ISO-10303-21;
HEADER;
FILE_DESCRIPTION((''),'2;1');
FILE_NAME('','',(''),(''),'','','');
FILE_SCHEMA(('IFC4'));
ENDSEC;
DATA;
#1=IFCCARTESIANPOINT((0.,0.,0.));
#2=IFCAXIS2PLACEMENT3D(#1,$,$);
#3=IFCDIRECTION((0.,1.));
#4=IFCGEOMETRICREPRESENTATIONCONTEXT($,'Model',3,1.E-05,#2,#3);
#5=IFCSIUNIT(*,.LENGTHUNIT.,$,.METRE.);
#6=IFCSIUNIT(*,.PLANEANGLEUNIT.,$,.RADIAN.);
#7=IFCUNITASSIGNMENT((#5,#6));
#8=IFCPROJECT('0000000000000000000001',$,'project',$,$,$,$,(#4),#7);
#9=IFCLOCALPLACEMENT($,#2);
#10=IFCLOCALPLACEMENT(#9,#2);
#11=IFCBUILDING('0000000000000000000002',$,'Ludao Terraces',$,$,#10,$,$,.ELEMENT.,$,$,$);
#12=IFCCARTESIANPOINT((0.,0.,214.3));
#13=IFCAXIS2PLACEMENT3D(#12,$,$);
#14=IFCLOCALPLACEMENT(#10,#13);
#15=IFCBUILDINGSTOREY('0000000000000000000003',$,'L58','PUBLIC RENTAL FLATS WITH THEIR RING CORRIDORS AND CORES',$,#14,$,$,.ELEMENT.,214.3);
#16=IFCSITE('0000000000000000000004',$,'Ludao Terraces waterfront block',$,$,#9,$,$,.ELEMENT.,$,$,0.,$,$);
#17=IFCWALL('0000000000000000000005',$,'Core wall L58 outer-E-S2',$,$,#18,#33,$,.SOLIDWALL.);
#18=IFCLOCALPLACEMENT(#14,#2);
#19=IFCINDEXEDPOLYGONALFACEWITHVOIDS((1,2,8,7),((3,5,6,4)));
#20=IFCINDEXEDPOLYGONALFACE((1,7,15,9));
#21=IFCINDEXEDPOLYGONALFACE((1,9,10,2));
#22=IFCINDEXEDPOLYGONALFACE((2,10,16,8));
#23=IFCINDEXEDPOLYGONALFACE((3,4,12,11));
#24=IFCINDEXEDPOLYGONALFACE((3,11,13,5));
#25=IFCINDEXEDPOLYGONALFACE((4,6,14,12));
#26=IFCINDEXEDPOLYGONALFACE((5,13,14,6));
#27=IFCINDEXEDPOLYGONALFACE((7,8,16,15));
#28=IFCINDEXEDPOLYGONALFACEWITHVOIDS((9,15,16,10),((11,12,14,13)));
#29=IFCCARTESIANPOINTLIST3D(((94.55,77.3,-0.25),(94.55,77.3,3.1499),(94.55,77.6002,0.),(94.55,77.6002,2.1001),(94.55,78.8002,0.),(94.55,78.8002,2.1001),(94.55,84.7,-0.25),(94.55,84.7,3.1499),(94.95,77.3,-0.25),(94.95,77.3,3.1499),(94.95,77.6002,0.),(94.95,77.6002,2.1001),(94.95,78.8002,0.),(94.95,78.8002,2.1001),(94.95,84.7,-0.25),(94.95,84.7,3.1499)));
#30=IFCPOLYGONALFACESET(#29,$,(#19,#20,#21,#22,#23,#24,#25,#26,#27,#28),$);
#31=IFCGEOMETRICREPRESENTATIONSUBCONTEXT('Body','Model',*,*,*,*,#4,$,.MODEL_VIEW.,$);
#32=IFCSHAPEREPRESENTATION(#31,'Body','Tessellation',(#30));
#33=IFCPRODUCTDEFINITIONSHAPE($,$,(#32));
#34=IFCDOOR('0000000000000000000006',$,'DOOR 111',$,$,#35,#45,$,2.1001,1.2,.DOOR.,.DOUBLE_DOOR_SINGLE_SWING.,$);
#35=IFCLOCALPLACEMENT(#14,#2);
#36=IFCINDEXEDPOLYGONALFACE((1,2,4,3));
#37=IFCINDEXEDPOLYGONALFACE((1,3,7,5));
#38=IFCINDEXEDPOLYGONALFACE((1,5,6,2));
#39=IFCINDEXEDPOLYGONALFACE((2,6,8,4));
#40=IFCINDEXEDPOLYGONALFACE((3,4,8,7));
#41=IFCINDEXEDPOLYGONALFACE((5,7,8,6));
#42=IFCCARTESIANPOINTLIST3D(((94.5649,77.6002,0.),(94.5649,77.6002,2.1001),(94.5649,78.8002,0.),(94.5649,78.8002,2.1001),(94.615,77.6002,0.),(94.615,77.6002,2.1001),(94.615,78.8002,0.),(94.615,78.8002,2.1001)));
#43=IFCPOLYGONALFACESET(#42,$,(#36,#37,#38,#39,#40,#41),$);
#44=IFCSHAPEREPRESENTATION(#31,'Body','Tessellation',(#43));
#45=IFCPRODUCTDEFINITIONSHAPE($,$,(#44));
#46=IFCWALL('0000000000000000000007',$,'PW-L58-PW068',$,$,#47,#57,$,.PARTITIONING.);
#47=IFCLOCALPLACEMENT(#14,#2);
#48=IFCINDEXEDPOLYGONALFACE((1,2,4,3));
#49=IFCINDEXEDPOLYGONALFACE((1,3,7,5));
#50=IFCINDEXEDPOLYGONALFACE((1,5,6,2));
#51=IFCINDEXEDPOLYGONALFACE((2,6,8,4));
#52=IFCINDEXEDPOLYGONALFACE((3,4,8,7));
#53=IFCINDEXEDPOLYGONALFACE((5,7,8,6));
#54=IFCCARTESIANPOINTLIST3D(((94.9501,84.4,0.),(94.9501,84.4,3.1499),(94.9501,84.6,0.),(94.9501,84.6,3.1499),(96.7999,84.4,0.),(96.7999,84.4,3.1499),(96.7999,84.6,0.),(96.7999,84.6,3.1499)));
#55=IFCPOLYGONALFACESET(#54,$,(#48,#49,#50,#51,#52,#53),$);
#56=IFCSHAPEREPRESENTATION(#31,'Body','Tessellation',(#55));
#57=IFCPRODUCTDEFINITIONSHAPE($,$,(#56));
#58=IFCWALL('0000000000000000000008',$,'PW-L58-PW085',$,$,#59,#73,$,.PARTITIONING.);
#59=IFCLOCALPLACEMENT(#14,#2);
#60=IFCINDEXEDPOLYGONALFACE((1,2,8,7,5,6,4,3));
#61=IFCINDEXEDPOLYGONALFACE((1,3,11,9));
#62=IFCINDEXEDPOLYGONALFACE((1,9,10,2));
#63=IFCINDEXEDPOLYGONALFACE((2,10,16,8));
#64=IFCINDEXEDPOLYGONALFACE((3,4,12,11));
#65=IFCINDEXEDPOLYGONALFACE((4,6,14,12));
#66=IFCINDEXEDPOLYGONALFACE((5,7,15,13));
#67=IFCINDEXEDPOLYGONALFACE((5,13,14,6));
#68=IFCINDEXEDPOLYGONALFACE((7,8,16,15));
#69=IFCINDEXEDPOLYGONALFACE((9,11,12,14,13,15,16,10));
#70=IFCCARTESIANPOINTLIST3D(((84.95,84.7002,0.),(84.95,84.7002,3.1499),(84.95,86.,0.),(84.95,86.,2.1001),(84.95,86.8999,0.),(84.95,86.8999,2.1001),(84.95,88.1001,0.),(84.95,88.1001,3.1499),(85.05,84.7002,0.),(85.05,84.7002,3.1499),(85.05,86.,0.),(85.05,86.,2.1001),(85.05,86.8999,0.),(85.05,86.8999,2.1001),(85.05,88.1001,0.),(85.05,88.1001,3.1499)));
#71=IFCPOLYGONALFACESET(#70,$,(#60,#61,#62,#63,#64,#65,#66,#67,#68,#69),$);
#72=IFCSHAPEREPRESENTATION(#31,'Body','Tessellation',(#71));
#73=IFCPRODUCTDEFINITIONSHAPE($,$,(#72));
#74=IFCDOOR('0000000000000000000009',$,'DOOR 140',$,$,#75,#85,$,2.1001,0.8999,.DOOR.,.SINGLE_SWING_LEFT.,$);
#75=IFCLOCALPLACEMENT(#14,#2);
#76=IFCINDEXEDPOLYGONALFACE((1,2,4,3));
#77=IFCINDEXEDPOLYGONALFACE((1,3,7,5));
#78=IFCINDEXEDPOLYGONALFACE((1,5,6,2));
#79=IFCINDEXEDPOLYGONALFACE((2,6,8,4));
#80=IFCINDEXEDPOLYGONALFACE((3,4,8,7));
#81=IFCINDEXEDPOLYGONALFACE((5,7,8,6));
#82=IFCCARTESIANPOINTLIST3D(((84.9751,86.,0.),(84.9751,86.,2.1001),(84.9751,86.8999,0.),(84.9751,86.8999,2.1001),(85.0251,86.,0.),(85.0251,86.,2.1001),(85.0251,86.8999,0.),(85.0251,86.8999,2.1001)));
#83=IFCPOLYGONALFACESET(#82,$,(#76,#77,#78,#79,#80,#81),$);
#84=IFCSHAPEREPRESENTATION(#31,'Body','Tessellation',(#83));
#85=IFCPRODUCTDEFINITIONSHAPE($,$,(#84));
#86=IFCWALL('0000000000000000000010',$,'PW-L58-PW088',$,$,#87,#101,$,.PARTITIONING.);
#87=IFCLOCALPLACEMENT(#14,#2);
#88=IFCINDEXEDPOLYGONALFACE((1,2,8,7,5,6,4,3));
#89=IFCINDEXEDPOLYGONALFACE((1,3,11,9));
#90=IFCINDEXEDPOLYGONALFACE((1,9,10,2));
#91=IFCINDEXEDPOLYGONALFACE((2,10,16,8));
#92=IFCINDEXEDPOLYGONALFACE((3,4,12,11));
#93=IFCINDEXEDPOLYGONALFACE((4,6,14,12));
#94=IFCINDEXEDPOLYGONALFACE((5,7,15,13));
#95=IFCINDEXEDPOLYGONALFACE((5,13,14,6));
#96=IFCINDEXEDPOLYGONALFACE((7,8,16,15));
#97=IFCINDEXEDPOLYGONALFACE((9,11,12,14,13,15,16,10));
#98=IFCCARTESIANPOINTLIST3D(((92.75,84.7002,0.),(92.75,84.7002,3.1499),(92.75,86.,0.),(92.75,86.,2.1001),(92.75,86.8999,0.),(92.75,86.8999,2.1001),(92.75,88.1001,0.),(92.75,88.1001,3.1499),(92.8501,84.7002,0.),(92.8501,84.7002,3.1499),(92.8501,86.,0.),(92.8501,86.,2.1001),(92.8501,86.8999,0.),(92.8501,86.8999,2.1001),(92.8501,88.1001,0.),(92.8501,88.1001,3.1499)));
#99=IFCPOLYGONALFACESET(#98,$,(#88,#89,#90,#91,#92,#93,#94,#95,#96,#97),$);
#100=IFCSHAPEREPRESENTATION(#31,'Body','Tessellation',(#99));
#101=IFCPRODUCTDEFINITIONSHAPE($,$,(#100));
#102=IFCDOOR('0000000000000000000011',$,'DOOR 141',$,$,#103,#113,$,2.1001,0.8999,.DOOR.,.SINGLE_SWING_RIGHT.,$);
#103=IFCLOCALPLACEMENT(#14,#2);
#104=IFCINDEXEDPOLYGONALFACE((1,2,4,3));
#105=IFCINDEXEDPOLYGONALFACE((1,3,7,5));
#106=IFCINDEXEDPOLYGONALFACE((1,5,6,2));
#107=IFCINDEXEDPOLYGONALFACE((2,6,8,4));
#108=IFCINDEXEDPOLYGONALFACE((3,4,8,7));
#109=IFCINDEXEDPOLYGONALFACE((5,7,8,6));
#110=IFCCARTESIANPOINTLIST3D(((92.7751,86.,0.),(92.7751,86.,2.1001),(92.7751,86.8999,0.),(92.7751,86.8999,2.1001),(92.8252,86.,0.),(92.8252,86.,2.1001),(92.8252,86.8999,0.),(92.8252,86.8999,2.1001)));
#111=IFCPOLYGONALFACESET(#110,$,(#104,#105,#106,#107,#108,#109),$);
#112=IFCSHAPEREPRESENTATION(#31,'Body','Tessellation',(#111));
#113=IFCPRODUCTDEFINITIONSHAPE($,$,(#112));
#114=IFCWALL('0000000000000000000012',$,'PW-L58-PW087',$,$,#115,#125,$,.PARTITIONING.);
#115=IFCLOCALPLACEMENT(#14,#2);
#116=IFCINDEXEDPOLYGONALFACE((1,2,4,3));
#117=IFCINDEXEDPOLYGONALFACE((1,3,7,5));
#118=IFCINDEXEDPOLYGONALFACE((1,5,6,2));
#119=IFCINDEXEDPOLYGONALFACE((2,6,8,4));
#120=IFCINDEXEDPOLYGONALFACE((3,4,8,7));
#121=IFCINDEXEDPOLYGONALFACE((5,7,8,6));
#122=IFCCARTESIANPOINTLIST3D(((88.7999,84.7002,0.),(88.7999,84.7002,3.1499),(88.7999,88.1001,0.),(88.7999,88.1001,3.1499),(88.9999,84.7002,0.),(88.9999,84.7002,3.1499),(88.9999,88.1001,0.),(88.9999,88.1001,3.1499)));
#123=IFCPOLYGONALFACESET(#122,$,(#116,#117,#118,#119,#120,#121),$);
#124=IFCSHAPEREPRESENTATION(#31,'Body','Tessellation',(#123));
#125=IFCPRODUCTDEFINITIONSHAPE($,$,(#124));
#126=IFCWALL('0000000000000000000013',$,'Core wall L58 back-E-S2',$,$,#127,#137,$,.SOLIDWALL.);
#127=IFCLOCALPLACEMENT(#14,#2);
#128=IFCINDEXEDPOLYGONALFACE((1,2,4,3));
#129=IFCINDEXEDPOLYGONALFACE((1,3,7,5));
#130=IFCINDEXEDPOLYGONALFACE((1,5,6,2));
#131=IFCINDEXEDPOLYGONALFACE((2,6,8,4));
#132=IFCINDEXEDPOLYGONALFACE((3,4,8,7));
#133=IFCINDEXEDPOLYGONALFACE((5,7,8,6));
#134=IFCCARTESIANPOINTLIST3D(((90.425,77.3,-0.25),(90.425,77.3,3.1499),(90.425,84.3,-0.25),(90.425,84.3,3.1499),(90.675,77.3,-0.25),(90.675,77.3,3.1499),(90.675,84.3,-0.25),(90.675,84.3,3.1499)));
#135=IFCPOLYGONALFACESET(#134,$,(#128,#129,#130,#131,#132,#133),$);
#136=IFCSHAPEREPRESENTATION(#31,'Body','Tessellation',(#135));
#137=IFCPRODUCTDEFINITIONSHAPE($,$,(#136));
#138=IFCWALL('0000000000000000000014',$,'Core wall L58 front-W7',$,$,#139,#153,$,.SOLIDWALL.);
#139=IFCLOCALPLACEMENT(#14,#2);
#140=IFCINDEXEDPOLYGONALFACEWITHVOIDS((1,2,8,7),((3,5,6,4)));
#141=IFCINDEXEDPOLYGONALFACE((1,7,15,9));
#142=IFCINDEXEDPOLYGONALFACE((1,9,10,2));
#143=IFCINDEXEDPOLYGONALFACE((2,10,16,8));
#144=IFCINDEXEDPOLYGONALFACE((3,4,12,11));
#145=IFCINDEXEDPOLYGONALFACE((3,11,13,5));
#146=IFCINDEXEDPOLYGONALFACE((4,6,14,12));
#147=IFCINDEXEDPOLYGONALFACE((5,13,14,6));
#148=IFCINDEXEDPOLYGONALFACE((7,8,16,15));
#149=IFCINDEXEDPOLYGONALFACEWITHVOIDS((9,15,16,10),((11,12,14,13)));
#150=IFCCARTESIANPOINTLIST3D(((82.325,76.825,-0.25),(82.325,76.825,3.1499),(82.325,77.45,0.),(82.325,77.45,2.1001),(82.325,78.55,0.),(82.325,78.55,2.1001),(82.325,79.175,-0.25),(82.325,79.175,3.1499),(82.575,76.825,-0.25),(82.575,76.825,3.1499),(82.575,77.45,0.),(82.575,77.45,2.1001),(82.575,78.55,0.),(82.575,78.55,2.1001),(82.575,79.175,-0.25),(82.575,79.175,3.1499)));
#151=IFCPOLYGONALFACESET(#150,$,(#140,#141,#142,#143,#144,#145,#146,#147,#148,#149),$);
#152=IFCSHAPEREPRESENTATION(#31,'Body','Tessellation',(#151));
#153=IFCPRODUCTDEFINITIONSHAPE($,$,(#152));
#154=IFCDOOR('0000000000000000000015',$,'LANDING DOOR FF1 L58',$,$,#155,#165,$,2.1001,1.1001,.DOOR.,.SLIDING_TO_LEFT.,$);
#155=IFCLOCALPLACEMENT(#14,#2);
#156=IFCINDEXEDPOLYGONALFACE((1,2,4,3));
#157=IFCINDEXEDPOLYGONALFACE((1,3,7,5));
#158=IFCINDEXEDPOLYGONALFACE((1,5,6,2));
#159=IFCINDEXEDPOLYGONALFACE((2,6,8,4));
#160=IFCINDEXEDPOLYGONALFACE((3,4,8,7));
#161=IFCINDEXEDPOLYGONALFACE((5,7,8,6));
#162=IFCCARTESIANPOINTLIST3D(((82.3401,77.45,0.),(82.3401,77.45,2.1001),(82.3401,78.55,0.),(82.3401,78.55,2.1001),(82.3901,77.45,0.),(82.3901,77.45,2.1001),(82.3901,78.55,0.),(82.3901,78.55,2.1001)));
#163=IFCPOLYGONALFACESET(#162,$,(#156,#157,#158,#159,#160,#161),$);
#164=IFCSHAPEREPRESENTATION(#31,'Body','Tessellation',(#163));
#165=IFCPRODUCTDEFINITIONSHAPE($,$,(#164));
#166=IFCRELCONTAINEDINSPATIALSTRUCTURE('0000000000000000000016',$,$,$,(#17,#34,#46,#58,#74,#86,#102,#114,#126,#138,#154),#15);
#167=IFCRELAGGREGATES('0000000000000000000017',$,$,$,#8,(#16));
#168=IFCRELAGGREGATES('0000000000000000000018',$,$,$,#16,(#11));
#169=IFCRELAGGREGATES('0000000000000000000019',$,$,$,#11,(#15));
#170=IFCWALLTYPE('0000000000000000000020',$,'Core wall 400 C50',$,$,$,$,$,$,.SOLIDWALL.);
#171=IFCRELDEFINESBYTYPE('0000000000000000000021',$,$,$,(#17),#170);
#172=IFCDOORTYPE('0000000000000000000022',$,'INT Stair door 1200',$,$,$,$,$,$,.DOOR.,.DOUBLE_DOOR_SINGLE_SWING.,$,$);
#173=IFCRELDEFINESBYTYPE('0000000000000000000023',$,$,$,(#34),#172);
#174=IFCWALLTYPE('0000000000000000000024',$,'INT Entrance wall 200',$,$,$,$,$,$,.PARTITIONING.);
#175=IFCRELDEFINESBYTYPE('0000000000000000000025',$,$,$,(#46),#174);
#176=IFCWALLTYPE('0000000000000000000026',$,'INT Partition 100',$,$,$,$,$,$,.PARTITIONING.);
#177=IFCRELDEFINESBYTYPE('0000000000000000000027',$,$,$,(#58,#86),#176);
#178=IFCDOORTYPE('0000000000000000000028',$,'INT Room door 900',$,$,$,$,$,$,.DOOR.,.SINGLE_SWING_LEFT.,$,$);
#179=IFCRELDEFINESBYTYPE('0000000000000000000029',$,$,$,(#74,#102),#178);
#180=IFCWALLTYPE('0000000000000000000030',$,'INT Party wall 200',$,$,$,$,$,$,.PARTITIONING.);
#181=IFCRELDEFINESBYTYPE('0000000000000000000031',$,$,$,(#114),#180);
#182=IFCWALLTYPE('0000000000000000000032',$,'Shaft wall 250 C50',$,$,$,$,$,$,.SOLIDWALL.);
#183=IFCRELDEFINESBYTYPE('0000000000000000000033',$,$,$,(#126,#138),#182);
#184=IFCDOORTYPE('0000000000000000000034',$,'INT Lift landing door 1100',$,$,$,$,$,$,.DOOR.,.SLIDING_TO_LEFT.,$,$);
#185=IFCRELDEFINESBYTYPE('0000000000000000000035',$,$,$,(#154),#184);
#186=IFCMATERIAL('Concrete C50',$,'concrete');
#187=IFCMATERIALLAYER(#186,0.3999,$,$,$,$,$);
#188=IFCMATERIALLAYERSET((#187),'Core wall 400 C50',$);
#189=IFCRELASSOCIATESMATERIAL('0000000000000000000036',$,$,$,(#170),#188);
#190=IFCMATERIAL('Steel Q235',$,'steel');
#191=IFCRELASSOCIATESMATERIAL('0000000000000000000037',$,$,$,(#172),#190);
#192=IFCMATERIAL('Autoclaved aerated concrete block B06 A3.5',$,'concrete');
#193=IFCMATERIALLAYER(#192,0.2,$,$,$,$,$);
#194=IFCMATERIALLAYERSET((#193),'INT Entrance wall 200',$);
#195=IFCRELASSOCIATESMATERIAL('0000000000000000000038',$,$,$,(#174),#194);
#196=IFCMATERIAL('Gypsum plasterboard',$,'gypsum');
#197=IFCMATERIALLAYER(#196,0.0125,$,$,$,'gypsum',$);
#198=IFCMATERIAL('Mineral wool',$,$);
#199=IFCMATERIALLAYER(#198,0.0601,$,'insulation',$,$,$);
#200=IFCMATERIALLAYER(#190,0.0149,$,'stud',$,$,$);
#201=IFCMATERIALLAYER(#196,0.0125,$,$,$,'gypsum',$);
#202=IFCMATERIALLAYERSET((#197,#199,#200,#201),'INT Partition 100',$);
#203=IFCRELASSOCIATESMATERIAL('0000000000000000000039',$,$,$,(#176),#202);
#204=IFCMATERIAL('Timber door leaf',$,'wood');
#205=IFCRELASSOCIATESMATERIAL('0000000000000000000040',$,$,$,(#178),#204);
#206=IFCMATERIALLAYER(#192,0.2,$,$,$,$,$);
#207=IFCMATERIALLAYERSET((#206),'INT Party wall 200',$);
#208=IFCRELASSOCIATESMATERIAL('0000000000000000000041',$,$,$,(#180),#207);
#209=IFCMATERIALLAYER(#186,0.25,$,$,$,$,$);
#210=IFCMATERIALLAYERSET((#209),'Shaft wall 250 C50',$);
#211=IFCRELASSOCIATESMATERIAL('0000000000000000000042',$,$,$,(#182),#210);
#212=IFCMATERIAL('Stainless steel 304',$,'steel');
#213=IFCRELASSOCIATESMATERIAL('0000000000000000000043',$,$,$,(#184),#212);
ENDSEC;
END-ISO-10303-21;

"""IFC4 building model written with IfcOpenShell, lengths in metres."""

from ifc_helpers import new_model, si_unit, direction, frame, frame_2d, origin, place, context, subcontext, project, spatial, rectangle, extrude, material, layer, layer_set, type_object, element, fill, save


model = new_model("IFC4")

# Units and contexts
model_context = context("Model", 3, precision=1e-05, world=origin(), true_north=direction((0.0, 1.0)))
body_context = subcontext(model_context, "Body", "Model", "MODEL_VIEW")
ifc_project = project(units=[si_unit("LENGTHUNIT", "METRE"), si_unit("PLANEANGLEUNIT", "RADIAN")], contexts=[model_context])

# Site, building, storey
site_placement = place(None, origin())
site = spatial("IfcSite", under=ifc_project, at=site_placement, Name="Ludao Terraces waterfront block", CompositionType="ELEMENT", RefElevation=0.0)
building_placement = place(site_placement, origin())
building = spatial("IfcBuilding", under=site, at=building_placement, Name="Ludao Terraces", CompositionType="ELEMENT")
storey_placement = place(building_placement, frame((0.0, 0.0, 214.3)))
storey = spatial("IfcBuildingStorey", under=building, at=storey_placement, Name="L58", Description="PUBLIC RENTAL FLATS WITH THEIR RING CORRIDORS AND CORES", CompositionType="ELEMENT", Elevation=214.3)

# Wall, opening, door
ifc_material_1 = material(Name="Concrete C50", Category="concrete")
ifc_layer_1 = layer(ifc_material_1, 0.3999)
ifc_layer_set_1 = layer_set([ifc_layer_1], Name="Core wall 400 C50")
wall_type_1 = type_object("IfcWallType", Name="Core wall 400 C50", PredefinedType="SOLIDWALL", material=ifc_layer_set_1)
wall_1_placement = place(storey_placement, frame((94.75, 77.3, -0.25), z_axis=(0.0, 0.0, 1.0), x_axis=(0.0, 1.0, 0.0)))
wall_1 = element("IfcWall", 1, at=wall_1_placement, inside=storey, type_object=wall_type_1, Name="Core wall L58 outer-E-S2", PredefinedType="SOLIDWALL", context=body_context, shape_type="SweptSolid", body=[
    extrude(rectangle(XDim=7.3999, YDim=0.3999, at=frame_2d((3.7, 0.0))), origin(), (0.0, 0.0, 1.0), 3.3999),
])
opening_1_placement = place(wall_1_placement, frame((0.3, 0.0, 0.25)))
opening_1 = element("IfcOpeningElement", 2, at=opening_1_placement, cuts=wall_1, PredefinedType="OPENING", context=body_context, shape_type="SweptSolid", body=[
    extrude(rectangle(XDim=1.2, YDim=2.1001, at=frame_2d((0.6001, 1.05))), frame((0.0, 0.21, 0.0), z_axis=(0.0, -1.0, 0.0), x_axis=(1.0, 0.0, 0.0)), (0.0, 0.0, 1.0), 0.4199),
])
ifc_material_2 = material(Name="Steel Q235", Category="steel")
door_type_1 = type_object("IfcDoorType", Name="INT Stair door 1200", OperationType="DOUBLE_DOOR_SINGLE_SWING", PredefinedType="DOOR", material=ifc_material_2)
door_1_placement = place(opening_1_placement, origin())
door_1 = element("IfcDoor", 3, at=door_1_placement, inside=storey, type_object=door_type_1, Name="DOOR 111", OperationType="DOUBLE_DOOR_SINGLE_SWING", OverallHeight=2.1001, OverallWidth=1.2, PredefinedType="DOOR", context=body_context, shape_type="SweptSolid", body=[
    extrude(rectangle(XDim=1.2, YDim=2.1001, at=frame_2d((0.6001, 1.05))), frame((0.0, 0.1851, 0.0), z_axis=(0.0, -1.0, 0.0), x_axis=(1.0, 0.0, 0.0)), (0.0, 0.0, 1.0), 0.05),
])
fill(opening_1, door_1)

# Wall
ifc_material_3 = material(Name="Autoclaved aerated concrete block B06 A3.5", Category="concrete")
ifc_layer_2 = layer(ifc_material_3, 0.2)
ifc_layer_set_2 = layer_set([ifc_layer_2], Name="INT Entrance wall 200")
wall_type_2 = type_object("IfcWallType", Name="INT Entrance wall 200", PredefinedType="PARTITIONING", material=ifc_layer_set_2)
wall_2_placement = place(storey_placement, frame((94.9502, 84.5, 0.0), z_axis=(0.0, 0.0, 1.0), x_axis=(1.0, 0.0, 0.0)))
element("IfcWall", 4, at=wall_2_placement, inside=storey, type_object=wall_type_2, Name="PW-L58-PW068", PredefinedType="PARTITIONING", context=body_context, shape_type="SweptSolid", body=[
    extrude(rectangle(XDim=1.8499, YDim=0.2, at=frame_2d((0.9248, 0.0))), origin(), (0.0, 0.0, 1.0), 3.1499),
])

# Walls, openings, doors
ifc_material_4 = material(Name="Gypsum plasterboard", Category="gypsum")
ifc_layer_3 = layer(ifc_material_4, 0.0125, Category="gypsum")
ifc_material_5 = material(Name="Mineral wool")
ifc_layer_4 = layer(ifc_material_5, 0.0601, Name="insulation")
ifc_layer_5 = layer(ifc_material_2, 0.0149, Name="stud")
ifc_layer_6 = layer(ifc_material_4, 0.0125, Category="gypsum")
ifc_layer_set_3 = layer_set([ifc_layer_3, ifc_layer_4, ifc_layer_5, ifc_layer_6], Name="INT Partition 100")
wall_type_3 = type_object("IfcWallType", Name="INT Partition 100", PredefinedType="PARTITIONING", material=ifc_layer_set_3)
wall_3_placement = place(storey_placement, frame((85.0, 84.7002, 0.0), z_axis=(0.0, 0.0, 1.0), x_axis=(0.0, 1.0, 0.0)))
wall_3 = element("IfcWall", 5, at=wall_3_placement, inside=storey, type_object=wall_type_3, Name="PW-L58-PW085", PredefinedType="PARTITIONING", context=body_context, shape_type="SweptSolid", body=[
    extrude(rectangle(XDim=3.3999, YDim=0.1001, at=frame_2d((1.7, 0.0))), origin(), (0.0, 0.0, 1.0), 3.1499),
])
opening_2_placement = place(wall_3_placement, frame((1.2998, 0.0, 0.0)))
opening_2 = element("IfcOpeningElement", 6, at=opening_2_placement, cuts=wall_3, PredefinedType="OPENING", context=body_context, shape_type="SweptSolid", body=[
    extrude(rectangle(XDim=0.8999, YDim=2.1001, at=frame_2d((0.45, 1.05))), frame((0.0, 0.0601, 0.0), z_axis=(0.0, -1.0, 0.0), x_axis=(1.0, 0.0, 0.0)), (0.0, 0.0, 1.0), 0.1201),
])
ifc_material_6 = material(Name="Timber door leaf", Category="wood")
door_type_2 = type_object("IfcDoorType", Name="INT Room door 900", OperationType="SINGLE_SWING_LEFT", PredefinedType="DOOR", material=ifc_material_6)
door_2_placement = place(opening_2_placement, origin())
door_2 = element("IfcDoor", 7, at=door_2_placement, inside=storey, type_object=door_type_2, Name="DOOR 140", OperationType="SINGLE_SWING_LEFT", OverallHeight=2.1001, OverallWidth=0.8999, PredefinedType="DOOR", context=body_context, shape_type="SweptSolid", body=[
    extrude(rectangle(XDim=0.8999, YDim=2.1001, at=frame_2d((0.45, 1.05))), frame((0.0, 0.0249, 0.0), z_axis=(0.0, -1.0, 0.0), x_axis=(1.0, 0.0, 0.0)), (0.0, 0.0, 1.0), 0.05),
])
fill(opening_2, door_2)
wall_4_placement = place(storey_placement, frame((92.8, 84.7002, 0.0), z_axis=(0.0, 0.0, 1.0), x_axis=(0.0, 1.0, 0.0)))
wall_4 = element("IfcWall", 8, at=wall_4_placement, inside=storey, type_object=wall_type_3, Name="PW-L58-PW088", PredefinedType="PARTITIONING", context=body_context, shape_type="SweptSolid", body=[
    extrude(rectangle(XDim=3.3999, YDim=0.1001, at=frame_2d((1.7, 0.0))), origin(), (0.0, 0.0, 1.0), 3.1499),
])
opening_3_placement = place(wall_4_placement, frame((1.2998, 0.0, 0.0)))
opening_3 = element("IfcOpeningElement", 9, at=opening_3_placement, cuts=wall_4, PredefinedType="OPENING", context=body_context, shape_type="SweptSolid", body=[
    extrude(rectangle(XDim=0.8999, YDim=2.1001, at=frame_2d((0.45, 1.05))), frame((0.0, 0.0601, 0.0), z_axis=(0.0, -1.0, 0.0), x_axis=(1.0, 0.0, 0.0)), (0.0, 0.0, 1.0), 0.1201),
])
door_3_placement = place(opening_3_placement, origin())
door_3 = element("IfcDoor", 10, at=door_3_placement, inside=storey, type_object=door_type_2, Name="DOOR 141", OperationType="SINGLE_SWING_RIGHT", OverallHeight=2.1001, OverallWidth=0.8999, PredefinedType="DOOR", context=body_context, shape_type="SweptSolid", body=[
    extrude(rectangle(XDim=0.8999, YDim=2.1001, at=frame_2d((0.45, 1.05))), frame((0.0, 0.0249, 0.0), z_axis=(0.0, -1.0, 0.0), x_axis=(1.0, 0.0, 0.0)), (0.0, 0.0, 1.0), 0.05),
])
fill(opening_3, door_3)

# Walls
ifc_layer_7 = layer(ifc_material_3, 0.2)
ifc_layer_set_4 = layer_set([ifc_layer_7], Name="INT Party wall 200")
wall_type_4 = type_object("IfcWallType", Name="INT Party wall 200", PredefinedType="PARTITIONING", material=ifc_layer_set_4)
wall_5_placement = place(storey_placement, frame((88.8999, 84.7002, 0.0), z_axis=(0.0, 0.0, 1.0), x_axis=(0.0, 1.0, 0.0)))
element("IfcWall", 11, at=wall_5_placement, inside=storey, type_object=wall_type_4, Name="PW-L58-PW087", PredefinedType="PARTITIONING", context=body_context, shape_type="SweptSolid", body=[
    extrude(rectangle(XDim=3.3999, YDim=0.2, at=frame_2d((1.7, 0.0))), origin(), (0.0, 0.0, 1.0), 3.1499),
])
ifc_layer_8 = layer(ifc_material_1, 0.25)
ifc_layer_set_5 = layer_set([ifc_layer_8], Name="Shaft wall 250 C50")
wall_type_5 = type_object("IfcWallType", Name="Shaft wall 250 C50", PredefinedType="SOLIDWALL", material=ifc_layer_set_5)
wall_6_placement = place(storey_placement, frame((90.55, 77.3, -0.25), z_axis=(0.0, 0.0, 1.0), x_axis=(0.0, 1.0, 0.0)))
element("IfcWall", 12, at=wall_6_placement, inside=storey, type_object=wall_type_5, Name="Core wall L58 back-E-S2", PredefinedType="SOLIDWALL", context=body_context, shape_type="SweptSolid", body=[
    extrude(rectangle(XDim=7.0, YDim=0.25, at=frame_2d((3.5, 0.0))), origin(), (0.0, 0.0, 1.0), 3.3999),
])

# Wall, opening, door
wall_7_placement = place(storey_placement, frame((82.45, 76.825, -0.25), z_axis=(0.0, 0.0, 1.0), x_axis=(0.0, 1.0, 0.0)))
wall_7 = element("IfcWall", 13, at=wall_7_placement, inside=storey, type_object=wall_type_5, Name="Core wall L58 front-W7", PredefinedType="SOLIDWALL", context=body_context, shape_type="SweptSolid", body=[
    extrude(rectangle(XDim=2.3501, YDim=0.25, at=frame_2d((1.175, 0.0))), origin(), (0.0, 0.0, 1.0), 3.3999),
])
opening_4_placement = place(wall_7_placement, frame((0.625, 0.0, 0.25)))
opening_4 = element("IfcOpeningElement", 14, at=opening_4_placement, cuts=wall_7, PredefinedType="OPENING", context=body_context, shape_type="SweptSolid", body=[
    extrude(rectangle(XDim=1.1001, YDim=2.1001, at=frame_2d((0.55, 1.05))), frame((0.0, 0.135, 0.0), z_axis=(0.0, -1.0, 0.0), x_axis=(1.0, 0.0, 0.0)), (0.0, 0.0, 1.0), 0.27),
])
ifc_material_7 = material(Name="Stainless steel 304", Category="steel")
door_type_3 = type_object("IfcDoorType", Name="INT Lift landing door 1100", OperationType="SLIDING_TO_LEFT", PredefinedType="DOOR", material=ifc_material_7)
door_4_placement = place(opening_4_placement, origin())
door_4 = element("IfcDoor", 15, at=door_4_placement, inside=storey, type_object=door_type_3, Name="LANDING DOOR FF1 L58", OperationType="SLIDING_TO_LEFT", OverallHeight=2.1001, OverallWidth=1.1001, PredefinedType="DOOR", context=body_context, shape_type="SweptSolid", body=[
    extrude(rectangle(XDim=1.1001, YDim=2.1001, at=frame_2d((0.55, 1.05))), frame((0.0, 0.1099, 0.0), z_axis=(0.0, -1.0, 0.0), x_axis=(1.0, 0.0, 0.0)), (0.0, 0.0, 1.0), 0.05),
])
fill(opening_4, door_4)

save(model, "model.ifc")
